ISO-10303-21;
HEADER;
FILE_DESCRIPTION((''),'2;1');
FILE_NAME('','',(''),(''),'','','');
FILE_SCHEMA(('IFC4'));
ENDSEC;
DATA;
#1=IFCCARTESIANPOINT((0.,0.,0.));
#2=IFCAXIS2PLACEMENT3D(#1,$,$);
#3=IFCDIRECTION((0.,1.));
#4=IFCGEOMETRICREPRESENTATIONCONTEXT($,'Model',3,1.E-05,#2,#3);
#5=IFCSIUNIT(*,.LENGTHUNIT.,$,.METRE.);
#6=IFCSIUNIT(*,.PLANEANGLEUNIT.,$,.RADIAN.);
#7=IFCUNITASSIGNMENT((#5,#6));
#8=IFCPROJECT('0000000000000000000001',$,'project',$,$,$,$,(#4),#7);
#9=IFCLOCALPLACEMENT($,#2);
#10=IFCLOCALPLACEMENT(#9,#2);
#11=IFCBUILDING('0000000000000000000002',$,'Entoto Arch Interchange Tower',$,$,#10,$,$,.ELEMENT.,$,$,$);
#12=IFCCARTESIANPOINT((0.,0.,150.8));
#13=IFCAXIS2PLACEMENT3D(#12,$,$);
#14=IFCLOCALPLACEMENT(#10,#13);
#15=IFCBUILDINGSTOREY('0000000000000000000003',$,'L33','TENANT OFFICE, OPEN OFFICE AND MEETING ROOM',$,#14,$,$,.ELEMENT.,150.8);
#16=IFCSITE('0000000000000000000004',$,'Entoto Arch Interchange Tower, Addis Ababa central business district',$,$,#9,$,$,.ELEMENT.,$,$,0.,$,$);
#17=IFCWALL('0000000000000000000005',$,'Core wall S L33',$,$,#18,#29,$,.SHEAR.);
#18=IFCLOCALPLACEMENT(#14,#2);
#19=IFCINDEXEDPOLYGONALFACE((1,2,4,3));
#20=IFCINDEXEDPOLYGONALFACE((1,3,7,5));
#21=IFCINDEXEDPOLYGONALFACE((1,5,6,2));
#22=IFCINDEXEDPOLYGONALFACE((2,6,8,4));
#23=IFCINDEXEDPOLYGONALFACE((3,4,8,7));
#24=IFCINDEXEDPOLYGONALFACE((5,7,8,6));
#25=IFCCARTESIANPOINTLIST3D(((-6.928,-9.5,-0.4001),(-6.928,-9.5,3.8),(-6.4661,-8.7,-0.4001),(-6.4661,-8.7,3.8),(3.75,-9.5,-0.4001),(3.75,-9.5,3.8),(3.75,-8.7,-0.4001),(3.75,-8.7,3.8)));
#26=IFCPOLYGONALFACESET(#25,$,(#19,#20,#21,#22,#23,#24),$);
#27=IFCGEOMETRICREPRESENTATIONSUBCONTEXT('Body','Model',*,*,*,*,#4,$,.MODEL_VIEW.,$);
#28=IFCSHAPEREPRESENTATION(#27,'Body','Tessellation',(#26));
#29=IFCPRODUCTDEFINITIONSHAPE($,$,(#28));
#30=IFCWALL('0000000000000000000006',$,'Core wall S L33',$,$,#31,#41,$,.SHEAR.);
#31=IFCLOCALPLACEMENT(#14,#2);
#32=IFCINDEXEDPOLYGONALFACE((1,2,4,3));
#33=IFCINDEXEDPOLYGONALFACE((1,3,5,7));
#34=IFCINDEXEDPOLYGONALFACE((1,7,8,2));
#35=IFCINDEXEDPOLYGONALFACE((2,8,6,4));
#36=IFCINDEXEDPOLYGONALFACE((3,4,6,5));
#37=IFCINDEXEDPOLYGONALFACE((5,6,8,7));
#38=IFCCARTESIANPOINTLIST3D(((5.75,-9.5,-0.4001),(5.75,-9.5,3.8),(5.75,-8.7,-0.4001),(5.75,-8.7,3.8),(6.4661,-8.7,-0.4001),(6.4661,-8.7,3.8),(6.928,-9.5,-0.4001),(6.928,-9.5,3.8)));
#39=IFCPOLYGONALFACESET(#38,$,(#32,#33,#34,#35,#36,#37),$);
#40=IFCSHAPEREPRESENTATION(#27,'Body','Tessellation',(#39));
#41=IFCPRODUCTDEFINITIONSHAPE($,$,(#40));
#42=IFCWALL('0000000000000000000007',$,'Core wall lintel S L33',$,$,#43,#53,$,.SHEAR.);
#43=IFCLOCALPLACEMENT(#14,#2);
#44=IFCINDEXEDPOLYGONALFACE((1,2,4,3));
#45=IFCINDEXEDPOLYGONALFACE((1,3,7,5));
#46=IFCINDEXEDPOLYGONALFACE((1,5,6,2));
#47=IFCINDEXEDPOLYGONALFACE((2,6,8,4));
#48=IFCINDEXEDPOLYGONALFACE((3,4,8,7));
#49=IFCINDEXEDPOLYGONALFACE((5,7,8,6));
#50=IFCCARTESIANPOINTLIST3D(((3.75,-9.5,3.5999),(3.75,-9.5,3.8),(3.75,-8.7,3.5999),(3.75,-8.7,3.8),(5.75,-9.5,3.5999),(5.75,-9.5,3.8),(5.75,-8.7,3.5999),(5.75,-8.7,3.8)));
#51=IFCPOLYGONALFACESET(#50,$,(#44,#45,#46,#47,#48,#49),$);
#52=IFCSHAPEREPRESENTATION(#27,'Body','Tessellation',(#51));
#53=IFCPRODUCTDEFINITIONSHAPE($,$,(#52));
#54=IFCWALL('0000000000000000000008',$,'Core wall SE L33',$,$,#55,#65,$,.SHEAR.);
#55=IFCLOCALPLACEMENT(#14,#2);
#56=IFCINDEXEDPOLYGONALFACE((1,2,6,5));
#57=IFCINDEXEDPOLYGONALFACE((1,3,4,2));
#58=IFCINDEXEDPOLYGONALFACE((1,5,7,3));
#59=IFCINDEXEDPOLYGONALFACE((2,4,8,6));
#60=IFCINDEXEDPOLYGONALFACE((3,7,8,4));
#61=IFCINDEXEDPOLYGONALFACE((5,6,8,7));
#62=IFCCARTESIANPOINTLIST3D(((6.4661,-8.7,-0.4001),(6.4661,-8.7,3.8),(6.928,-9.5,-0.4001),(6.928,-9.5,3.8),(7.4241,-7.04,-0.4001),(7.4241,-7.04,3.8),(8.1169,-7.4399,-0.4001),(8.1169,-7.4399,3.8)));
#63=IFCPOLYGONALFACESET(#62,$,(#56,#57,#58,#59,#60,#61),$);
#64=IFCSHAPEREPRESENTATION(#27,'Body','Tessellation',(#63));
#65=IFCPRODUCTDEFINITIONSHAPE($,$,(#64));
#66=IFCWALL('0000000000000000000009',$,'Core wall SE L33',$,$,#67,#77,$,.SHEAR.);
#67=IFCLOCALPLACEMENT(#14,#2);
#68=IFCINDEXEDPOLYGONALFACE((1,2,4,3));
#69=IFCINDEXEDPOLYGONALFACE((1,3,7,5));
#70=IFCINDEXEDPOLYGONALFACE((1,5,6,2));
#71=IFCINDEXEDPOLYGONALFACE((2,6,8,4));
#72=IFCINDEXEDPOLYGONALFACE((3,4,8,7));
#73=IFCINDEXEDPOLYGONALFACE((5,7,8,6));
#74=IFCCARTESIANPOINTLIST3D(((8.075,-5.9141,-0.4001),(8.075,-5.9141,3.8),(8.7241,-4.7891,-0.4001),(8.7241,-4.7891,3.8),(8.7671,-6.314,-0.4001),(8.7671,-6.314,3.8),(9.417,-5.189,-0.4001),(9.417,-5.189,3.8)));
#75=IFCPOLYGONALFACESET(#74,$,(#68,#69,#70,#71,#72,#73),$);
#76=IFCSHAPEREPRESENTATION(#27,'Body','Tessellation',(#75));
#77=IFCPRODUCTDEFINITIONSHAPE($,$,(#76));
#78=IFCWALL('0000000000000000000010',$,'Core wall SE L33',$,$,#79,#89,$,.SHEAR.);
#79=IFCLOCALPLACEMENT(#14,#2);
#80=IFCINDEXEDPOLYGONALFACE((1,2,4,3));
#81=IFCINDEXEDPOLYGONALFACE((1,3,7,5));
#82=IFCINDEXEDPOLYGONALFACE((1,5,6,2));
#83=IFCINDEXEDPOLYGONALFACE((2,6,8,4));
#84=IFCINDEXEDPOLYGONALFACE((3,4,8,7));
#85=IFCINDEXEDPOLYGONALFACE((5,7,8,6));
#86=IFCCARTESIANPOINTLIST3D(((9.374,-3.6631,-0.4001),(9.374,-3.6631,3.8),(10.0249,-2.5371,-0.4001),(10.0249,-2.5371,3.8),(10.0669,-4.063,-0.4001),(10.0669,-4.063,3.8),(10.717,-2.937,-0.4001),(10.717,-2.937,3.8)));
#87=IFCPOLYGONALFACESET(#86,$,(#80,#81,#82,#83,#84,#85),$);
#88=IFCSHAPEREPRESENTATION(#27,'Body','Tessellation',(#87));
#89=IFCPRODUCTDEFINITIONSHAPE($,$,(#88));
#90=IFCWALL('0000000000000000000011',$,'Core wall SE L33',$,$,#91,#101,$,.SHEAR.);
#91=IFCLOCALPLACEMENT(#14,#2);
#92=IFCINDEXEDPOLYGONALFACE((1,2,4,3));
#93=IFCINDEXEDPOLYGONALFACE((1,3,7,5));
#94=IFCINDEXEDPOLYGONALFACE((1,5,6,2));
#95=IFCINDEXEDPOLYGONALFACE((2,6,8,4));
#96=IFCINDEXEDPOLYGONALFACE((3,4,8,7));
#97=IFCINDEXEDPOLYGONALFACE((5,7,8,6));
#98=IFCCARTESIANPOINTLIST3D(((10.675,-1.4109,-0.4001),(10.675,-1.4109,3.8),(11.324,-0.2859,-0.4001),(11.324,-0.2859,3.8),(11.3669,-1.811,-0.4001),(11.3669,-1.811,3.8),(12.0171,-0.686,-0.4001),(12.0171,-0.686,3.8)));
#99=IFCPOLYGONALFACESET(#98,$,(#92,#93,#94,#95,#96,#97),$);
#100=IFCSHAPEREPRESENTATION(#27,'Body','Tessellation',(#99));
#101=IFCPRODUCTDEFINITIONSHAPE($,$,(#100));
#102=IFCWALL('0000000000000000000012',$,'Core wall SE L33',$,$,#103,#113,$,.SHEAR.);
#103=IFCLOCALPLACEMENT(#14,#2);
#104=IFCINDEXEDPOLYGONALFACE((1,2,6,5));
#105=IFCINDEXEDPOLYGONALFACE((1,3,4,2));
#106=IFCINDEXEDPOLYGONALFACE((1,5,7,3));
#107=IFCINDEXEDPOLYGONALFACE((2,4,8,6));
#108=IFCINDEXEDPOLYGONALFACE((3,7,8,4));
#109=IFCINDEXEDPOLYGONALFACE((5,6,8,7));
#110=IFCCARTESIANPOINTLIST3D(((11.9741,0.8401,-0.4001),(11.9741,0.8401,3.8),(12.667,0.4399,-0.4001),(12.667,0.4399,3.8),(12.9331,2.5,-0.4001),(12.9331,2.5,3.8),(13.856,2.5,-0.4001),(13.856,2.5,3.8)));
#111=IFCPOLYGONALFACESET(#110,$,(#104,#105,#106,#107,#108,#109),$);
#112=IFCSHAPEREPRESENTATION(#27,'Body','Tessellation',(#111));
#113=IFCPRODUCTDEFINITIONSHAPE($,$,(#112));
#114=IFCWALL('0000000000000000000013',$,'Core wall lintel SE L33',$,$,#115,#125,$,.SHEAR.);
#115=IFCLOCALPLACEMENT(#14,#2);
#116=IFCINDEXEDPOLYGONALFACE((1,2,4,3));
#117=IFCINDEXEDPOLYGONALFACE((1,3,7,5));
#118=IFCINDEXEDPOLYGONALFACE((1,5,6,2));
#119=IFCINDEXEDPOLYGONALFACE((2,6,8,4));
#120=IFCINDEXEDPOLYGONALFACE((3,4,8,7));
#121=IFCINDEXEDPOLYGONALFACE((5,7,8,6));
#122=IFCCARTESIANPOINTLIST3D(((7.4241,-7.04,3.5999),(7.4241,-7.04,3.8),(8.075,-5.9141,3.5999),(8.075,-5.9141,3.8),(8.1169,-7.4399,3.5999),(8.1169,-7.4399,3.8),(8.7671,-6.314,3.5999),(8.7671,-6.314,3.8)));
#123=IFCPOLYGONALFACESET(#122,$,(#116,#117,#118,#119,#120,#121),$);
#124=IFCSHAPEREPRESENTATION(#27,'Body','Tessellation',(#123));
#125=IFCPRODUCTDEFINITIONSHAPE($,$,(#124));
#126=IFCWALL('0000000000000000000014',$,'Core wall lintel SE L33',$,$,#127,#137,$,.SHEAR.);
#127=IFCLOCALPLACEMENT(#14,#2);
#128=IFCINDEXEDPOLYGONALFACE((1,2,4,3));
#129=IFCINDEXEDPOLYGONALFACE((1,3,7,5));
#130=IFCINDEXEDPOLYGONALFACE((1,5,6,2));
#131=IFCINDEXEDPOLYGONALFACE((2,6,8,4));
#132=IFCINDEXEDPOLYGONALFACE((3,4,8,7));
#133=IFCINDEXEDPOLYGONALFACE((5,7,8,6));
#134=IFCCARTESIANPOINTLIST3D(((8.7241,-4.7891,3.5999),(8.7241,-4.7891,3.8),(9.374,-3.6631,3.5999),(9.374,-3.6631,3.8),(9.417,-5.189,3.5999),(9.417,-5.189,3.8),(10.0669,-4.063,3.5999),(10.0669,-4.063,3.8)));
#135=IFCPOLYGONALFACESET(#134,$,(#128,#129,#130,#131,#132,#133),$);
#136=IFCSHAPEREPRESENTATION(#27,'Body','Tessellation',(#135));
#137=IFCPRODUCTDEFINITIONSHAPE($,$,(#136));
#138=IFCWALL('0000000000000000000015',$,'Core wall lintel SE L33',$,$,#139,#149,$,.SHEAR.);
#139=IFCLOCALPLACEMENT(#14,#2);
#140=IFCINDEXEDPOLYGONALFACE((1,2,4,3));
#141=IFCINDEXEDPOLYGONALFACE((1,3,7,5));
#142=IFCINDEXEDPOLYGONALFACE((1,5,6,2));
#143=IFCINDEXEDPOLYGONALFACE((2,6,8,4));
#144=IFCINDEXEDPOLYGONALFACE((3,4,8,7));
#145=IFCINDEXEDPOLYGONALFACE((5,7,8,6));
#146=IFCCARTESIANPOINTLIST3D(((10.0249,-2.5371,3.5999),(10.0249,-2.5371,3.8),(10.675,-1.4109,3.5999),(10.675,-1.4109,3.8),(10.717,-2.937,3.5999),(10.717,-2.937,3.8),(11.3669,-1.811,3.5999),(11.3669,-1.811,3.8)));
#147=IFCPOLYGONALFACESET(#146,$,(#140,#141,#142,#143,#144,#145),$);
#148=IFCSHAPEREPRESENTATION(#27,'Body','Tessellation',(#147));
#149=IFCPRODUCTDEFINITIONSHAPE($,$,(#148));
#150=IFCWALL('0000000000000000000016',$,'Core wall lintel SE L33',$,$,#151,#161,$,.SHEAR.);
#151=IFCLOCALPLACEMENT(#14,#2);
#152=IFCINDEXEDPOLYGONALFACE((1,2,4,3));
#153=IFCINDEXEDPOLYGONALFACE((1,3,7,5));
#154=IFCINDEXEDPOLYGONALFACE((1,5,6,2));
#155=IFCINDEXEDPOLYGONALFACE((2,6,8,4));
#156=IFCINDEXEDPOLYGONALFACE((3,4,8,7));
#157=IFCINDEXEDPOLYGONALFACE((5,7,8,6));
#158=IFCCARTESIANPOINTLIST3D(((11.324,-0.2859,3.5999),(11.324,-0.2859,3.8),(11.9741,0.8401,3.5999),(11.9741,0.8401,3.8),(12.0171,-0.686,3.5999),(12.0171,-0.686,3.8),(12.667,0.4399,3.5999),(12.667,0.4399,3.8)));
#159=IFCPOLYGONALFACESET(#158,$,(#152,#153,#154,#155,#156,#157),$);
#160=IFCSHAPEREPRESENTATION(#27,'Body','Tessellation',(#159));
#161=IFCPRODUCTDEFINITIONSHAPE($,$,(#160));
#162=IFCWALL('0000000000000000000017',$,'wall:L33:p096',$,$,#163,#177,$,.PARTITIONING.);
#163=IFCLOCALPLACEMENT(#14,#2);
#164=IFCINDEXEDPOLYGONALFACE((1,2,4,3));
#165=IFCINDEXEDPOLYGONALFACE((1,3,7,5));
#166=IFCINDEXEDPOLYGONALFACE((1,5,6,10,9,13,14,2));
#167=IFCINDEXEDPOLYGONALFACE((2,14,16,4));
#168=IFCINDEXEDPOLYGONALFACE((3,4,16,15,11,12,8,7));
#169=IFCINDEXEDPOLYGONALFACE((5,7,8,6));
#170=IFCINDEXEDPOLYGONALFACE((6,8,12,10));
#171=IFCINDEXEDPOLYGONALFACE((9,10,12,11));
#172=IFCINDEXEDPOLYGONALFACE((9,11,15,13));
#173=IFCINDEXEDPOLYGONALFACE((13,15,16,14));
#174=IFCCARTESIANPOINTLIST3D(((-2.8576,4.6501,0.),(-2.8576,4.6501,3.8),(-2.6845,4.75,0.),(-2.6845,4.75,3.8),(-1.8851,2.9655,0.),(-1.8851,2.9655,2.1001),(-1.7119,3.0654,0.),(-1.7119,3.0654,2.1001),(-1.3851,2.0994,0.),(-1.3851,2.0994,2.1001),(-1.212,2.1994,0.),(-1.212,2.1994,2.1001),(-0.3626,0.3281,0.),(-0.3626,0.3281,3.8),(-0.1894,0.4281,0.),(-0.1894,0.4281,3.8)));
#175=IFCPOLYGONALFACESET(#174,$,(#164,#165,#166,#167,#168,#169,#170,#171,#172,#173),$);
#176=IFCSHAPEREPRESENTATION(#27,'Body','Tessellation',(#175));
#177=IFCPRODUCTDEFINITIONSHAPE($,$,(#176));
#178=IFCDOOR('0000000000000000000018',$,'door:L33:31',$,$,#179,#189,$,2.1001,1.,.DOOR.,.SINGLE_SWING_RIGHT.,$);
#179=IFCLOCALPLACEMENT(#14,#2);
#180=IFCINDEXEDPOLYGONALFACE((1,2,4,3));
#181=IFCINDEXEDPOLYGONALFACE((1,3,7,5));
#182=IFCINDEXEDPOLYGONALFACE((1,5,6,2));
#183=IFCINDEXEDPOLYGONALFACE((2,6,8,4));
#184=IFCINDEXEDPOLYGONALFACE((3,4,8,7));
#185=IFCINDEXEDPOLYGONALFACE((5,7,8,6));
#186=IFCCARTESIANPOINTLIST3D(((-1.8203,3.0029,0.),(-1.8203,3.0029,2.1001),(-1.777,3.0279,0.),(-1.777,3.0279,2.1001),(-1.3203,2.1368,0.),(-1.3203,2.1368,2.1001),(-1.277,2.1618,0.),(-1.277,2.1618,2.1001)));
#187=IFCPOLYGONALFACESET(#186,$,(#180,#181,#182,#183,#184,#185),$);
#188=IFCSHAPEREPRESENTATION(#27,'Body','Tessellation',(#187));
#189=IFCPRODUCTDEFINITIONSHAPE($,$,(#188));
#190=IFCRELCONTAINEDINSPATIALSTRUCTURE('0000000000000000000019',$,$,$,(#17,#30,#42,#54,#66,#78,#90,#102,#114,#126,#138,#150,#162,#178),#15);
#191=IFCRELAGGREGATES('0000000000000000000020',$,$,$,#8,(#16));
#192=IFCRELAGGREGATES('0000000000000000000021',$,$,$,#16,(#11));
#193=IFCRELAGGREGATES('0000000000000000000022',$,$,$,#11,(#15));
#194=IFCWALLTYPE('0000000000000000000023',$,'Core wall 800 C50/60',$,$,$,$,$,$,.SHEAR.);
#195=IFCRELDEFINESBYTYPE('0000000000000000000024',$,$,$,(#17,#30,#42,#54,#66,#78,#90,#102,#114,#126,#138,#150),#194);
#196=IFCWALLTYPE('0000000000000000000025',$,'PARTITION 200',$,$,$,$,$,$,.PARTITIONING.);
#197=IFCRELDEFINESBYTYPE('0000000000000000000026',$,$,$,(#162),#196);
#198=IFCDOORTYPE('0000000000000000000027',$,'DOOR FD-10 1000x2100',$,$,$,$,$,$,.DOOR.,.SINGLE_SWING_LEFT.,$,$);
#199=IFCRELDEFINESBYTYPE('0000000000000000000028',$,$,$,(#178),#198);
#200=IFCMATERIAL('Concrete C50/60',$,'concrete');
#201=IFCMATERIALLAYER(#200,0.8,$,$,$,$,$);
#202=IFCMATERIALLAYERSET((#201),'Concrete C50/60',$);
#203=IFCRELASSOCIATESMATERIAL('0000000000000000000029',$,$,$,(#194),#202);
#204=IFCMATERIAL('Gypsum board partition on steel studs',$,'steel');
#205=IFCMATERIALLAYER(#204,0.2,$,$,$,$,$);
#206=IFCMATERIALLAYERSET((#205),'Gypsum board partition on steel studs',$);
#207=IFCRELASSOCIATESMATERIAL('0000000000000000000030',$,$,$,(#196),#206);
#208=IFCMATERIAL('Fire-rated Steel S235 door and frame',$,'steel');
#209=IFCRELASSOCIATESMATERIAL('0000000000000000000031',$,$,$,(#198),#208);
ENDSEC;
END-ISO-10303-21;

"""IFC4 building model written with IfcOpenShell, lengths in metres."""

from ifc_helpers import new_model, si_unit, direction, frame, frame_2d, origin, place, context, subcontext, project, spatial, polyline, rectangle, outline, extrude, material, layer, layer_set, type_object, element, fill, save


model = new_model("IFC4")

# Units and contexts
model_context = context("Model", 3, precision=1e-05, world=origin(), true_north=direction((0.0, 1.0)))
body_context = subcontext(model_context, "Body", "Model", "MODEL_VIEW")
ifc_project = project(units=[si_unit("LENGTHUNIT", "METRE"), si_unit("PLANEANGLEUNIT", "RADIAN")], contexts=[model_context])

# Site, building, storey
site_placement = place(None, origin())
site = spatial("IfcSite", under=ifc_project, at=site_placement, Name="Entoto Arch Interchange Tower, Addis Ababa central business district", CompositionType="ELEMENT", RefElevation=0.0)
building_placement = place(site_placement, origin())
building = spatial("IfcBuilding", under=site, at=building_placement, Name="Entoto Arch Interchange Tower", CompositionType="ELEMENT")
storey_placement = place(building_placement, frame((0.0, 0.0, 150.8)))
storey = spatial("IfcBuildingStorey", under=building, at=storey_placement, Name="L33", Description="TENANT OFFICE, OPEN OFFICE AND MEETING ROOM", CompositionType="ELEMENT", Elevation=150.8)

# Walls
ifc_material_1 = material(Name="Concrete C50/60", Category="concrete")
ifc_layer_1 = layer(ifc_material_1, 0.8)
ifc_layer_set_1 = layer_set([ifc_layer_1], Name="Concrete C50/60")
wall_type_1 = type_object("IfcWallType", Name="Core wall 800 C50/60", PredefinedType="SHEAR", material=ifc_layer_set_1)
wall_1_placement = place(storey_placement, frame((0.0, 0.0, -0.4001)))
element("IfcWall", 1, at=wall_1_placement, inside=storey, type_object=wall_type_1, Name="Core wall S L33", PredefinedType="SHEAR", context=body_context, shape_type="SweptSolid", body=[
    extrude(outline(polyline([(3.75, -9.5), (3.75, -8.7), (-6.4661, -8.7), (-6.928, -9.5), (3.75, -9.5)])), origin(), (0.0, 0.0, 1.0), 4.2002),
])
wall_2_placement = place(storey_placement, frame((0.0, 0.0, -0.4001)))
element("IfcWall", 2, at=wall_2_placement, inside=storey, type_object=wall_type_1, Name="Core wall S L33", PredefinedType="SHEAR", context=body_context, shape_type="SweptSolid", body=[
    extrude(outline(polyline([(5.75, -8.7), (5.75, -9.5), (6.928, -9.5), (6.4661, -8.7), (5.75, -8.7)])), origin(), (0.0, 0.0, 1.0), 4.2002),
])
wall_3_placement = place(storey_placement, frame((0.0, 0.0, 3.5999)))
element("IfcWall", 3, at=wall_3_placement, inside=storey, type_object=wall_type_1, Name="Core wall lintel S L33", PredefinedType="SHEAR", context=body_context, shape_type="SweptSolid", body=[
    extrude(outline(polyline([(5.75, -9.5), (5.75, -8.7), (3.75, -8.7), (3.75, -9.5), (5.75, -9.5)])), origin(), (0.0, 0.0, 1.0), 0.2002),
])
wall_4_placement = place(storey_placement, frame((0.0, 0.0, -0.4001)))
element("IfcWall", 4, at=wall_4_placement, inside=storey, type_object=wall_type_1, Name="Core wall SE L33", PredefinedType="SHEAR", context=body_context, shape_type="SweptSolid", body=[
    extrude(outline(polyline([(8.1169, -7.4399), (7.4241, -7.04), (6.4661, -8.7), (6.928, -9.5), (8.1169, -7.4399)])), origin(), (0.0, 0.0, 1.0), 4.2002),
])
wall_5_placement = place(storey_placement, frame((0.0, 0.0, -0.4001)))
element("IfcWall", 5, at=wall_5_placement, inside=storey, type_object=wall_type_1, Name="Core wall SE L33", PredefinedType="SHEAR", context=body_context, shape_type="SweptSolid", body=[
    extrude(outline(polyline([(9.417, -5.189), (8.7241, -4.7891), (8.075, -5.9141), (8.7671, -6.314), (9.417, -5.189)])), origin(), (0.0, 0.0, 1.0), 4.2002),
])
wall_6_placement = place(storey_placement, frame((0.0, 0.0, -0.4001)))
element("IfcWall", 6, at=wall_6_placement, inside=storey, type_object=wall_type_1, Name="Core wall SE L33", PredefinedType="SHEAR", context=body_context, shape_type="SweptSolid", body=[
    extrude(outline(polyline([(10.717, -2.937), (10.0249, -2.5371), (9.374, -3.6631), (10.0669, -4.063), (10.717, -2.937)])), origin(), (0.0, 0.0, 1.0), 4.2002),
])
wall_7_placement = place(storey_placement, frame((0.0, 0.0, -0.4001)))
element("IfcWall", 7, at=wall_7_placement, inside=storey, type_object=wall_type_1, Name="Core wall SE L33", PredefinedType="SHEAR", context=body_context, shape_type="SweptSolid", body=[
    extrude(outline(polyline([(12.0171, -0.686), (11.324, -0.2859), (10.675, -1.4109), (11.3669, -1.811), (12.0171, -0.686)])), origin(), (0.0, 0.0, 1.0), 4.2002),
])
wall_8_placement = place(storey_placement, frame((0.0, 0.0, -0.4001)))
element("IfcWall", 8, at=wall_8_placement, inside=storey, type_object=wall_type_1, Name="Core wall SE L33", PredefinedType="SHEAR", context=body_context, shape_type="SweptSolid", body=[
    extrude(outline(polyline([(11.9741, 0.8401), (12.667, 0.4399), (13.856, 2.5), (12.9331, 2.5), (11.9741, 0.8401)])), origin(), (0.0, 0.0, 1.0), 4.2002),
])
wall_9_placement = place(storey_placement, frame((0.0, 0.0, 3.5999)))
element("IfcWall", 9, at=wall_9_placement, inside=storey, type_object=wall_type_1, Name="Core wall lintel SE L33", PredefinedType="SHEAR", context=body_context, shape_type="SweptSolid", body=[
    extrude(outline(polyline([(8.7671, -6.314), (8.075, -5.9141), (7.4241, -7.04), (8.1169, -7.4399), (8.7671, -6.314)])), origin(), (0.0, 0.0, 1.0), 0.2002),
])
wall_10_placement = place(storey_placement, frame((0.0, 0.0, 3.5999)))
element("IfcWall", 10, at=wall_10_placement, inside=storey, type_object=wall_type_1, Name="Core wall lintel SE L33", PredefinedType="SHEAR", context=body_context, shape_type="SweptSolid", body=[
    extrude(outline(polyline([(10.0669, -4.063), (9.374, -3.6631), (8.7241, -4.7891), (9.417, -5.189), (10.0669, -4.063)])), origin(), (0.0, 0.0, 1.0), 0.2002),
])
wall_11_placement = place(storey_placement, frame((0.0, 0.0, 3.5999)))
element("IfcWall", 11, at=wall_11_placement, inside=storey, type_object=wall_type_1, Name="Core wall lintel SE L33", PredefinedType="SHEAR", context=body_context, shape_type="SweptSolid", body=[
    extrude(outline(polyline([(11.3669, -1.811), (10.675, -1.4109), (10.0249, -2.5371), (10.717, -2.937), (11.3669, -1.811)])), origin(), (0.0, 0.0, 1.0), 0.2002),
])
wall_12_placement = place(storey_placement, frame((0.0, 0.0, 3.5999)))
element("IfcWall", 12, at=wall_12_placement, inside=storey, type_object=wall_type_1, Name="Core wall lintel SE L33", PredefinedType="SHEAR", context=body_context, shape_type="SweptSolid", body=[
    extrude(outline(polyline([(12.667, 0.4399), (11.9741, 0.8401), (11.324, -0.2859), (12.0171, -0.686), (12.667, 0.4399)])), origin(), (0.0, 0.0, 1.0), 0.2002),
])

# Wall, opening, door
ifc_material_2 = material(Name="Gypsum board partition on steel studs", Category="steel")
ifc_layer_2 = layer(ifc_material_2, 0.2)
ifc_layer_set_2 = layer_set([ifc_layer_2], Name="Gypsum board partition on steel studs")
wall_type_2 = type_object("IfcWallType", Name="PARTITION 200", PredefinedType="PARTITIONING", material=ifc_layer_set_2)
wall_13_placement = place(storey_placement, frame((-2.771, 4.7, 0.0), z_axis=(0.0, 0.0, 1.0), x_axis=(0.499969, -0.866043, 0.0)))
wall_13 = element("IfcWall", 13, at=wall_13_placement, inside=storey, type_object=wall_type_2, Name="wall:L33:p096", PredefinedType="PARTITIONING", context=body_context, shape_type="SweptSolid", body=[
    extrude(rectangle(XDim=4.9905, YDim=0.2, at=frame_2d((2.4951, 0.0))), origin(), (0.0, 0.0, 1.0), 3.8),
])
opening_placement = place(wall_13_placement, frame((1.9451, 0.0, 0.0)))
opening = element("IfcOpeningElement", 14, at=opening_placement, cuts=wall_13, PredefinedType="OPENING", context=body_context, shape_type="SweptSolid", body=[
    extrude(rectangle(XDim=1.0, YDim=2.1001, at=frame_2d((0.5, 1.05))), frame((0.0, 0.1099, 0.0), z_axis=(0.0, -1.0, 0.0), x_axis=(1.0, 0.0, 0.0)), (0.0, 0.0, 1.0), 0.22),
])
ifc_material_3 = material(Name="Fire-rated Steel S235 door and frame", Category="steel")
door_type = type_object("IfcDoorType", Name="DOOR FD-10 1000x2100", OperationType="SINGLE_SWING_LEFT", PredefinedType="DOOR", material=ifc_material_3)
door_placement = place(opening_placement, origin())
door = element("IfcDoor", 15, at=door_placement, inside=storey, type_object=door_type, Name="door:L33:31", OperationType="SINGLE_SWING_RIGHT", OverallHeight=2.1001, OverallWidth=1.0, PredefinedType="DOOR", context=body_context, shape_type="SweptSolid", body=[
    extrude(rectangle(XDim=1.0, YDim=2.1001, at=frame_2d((0.5, 1.05))), frame((0.0, 0.0249, 0.0), z_axis=(0.0, -1.0, 0.0), x_axis=(1.0, 0.0, 0.0)), (0.0, 0.0, 1.0), 0.05),
])
fill(opening, door)

save(model, "model.ifc")
